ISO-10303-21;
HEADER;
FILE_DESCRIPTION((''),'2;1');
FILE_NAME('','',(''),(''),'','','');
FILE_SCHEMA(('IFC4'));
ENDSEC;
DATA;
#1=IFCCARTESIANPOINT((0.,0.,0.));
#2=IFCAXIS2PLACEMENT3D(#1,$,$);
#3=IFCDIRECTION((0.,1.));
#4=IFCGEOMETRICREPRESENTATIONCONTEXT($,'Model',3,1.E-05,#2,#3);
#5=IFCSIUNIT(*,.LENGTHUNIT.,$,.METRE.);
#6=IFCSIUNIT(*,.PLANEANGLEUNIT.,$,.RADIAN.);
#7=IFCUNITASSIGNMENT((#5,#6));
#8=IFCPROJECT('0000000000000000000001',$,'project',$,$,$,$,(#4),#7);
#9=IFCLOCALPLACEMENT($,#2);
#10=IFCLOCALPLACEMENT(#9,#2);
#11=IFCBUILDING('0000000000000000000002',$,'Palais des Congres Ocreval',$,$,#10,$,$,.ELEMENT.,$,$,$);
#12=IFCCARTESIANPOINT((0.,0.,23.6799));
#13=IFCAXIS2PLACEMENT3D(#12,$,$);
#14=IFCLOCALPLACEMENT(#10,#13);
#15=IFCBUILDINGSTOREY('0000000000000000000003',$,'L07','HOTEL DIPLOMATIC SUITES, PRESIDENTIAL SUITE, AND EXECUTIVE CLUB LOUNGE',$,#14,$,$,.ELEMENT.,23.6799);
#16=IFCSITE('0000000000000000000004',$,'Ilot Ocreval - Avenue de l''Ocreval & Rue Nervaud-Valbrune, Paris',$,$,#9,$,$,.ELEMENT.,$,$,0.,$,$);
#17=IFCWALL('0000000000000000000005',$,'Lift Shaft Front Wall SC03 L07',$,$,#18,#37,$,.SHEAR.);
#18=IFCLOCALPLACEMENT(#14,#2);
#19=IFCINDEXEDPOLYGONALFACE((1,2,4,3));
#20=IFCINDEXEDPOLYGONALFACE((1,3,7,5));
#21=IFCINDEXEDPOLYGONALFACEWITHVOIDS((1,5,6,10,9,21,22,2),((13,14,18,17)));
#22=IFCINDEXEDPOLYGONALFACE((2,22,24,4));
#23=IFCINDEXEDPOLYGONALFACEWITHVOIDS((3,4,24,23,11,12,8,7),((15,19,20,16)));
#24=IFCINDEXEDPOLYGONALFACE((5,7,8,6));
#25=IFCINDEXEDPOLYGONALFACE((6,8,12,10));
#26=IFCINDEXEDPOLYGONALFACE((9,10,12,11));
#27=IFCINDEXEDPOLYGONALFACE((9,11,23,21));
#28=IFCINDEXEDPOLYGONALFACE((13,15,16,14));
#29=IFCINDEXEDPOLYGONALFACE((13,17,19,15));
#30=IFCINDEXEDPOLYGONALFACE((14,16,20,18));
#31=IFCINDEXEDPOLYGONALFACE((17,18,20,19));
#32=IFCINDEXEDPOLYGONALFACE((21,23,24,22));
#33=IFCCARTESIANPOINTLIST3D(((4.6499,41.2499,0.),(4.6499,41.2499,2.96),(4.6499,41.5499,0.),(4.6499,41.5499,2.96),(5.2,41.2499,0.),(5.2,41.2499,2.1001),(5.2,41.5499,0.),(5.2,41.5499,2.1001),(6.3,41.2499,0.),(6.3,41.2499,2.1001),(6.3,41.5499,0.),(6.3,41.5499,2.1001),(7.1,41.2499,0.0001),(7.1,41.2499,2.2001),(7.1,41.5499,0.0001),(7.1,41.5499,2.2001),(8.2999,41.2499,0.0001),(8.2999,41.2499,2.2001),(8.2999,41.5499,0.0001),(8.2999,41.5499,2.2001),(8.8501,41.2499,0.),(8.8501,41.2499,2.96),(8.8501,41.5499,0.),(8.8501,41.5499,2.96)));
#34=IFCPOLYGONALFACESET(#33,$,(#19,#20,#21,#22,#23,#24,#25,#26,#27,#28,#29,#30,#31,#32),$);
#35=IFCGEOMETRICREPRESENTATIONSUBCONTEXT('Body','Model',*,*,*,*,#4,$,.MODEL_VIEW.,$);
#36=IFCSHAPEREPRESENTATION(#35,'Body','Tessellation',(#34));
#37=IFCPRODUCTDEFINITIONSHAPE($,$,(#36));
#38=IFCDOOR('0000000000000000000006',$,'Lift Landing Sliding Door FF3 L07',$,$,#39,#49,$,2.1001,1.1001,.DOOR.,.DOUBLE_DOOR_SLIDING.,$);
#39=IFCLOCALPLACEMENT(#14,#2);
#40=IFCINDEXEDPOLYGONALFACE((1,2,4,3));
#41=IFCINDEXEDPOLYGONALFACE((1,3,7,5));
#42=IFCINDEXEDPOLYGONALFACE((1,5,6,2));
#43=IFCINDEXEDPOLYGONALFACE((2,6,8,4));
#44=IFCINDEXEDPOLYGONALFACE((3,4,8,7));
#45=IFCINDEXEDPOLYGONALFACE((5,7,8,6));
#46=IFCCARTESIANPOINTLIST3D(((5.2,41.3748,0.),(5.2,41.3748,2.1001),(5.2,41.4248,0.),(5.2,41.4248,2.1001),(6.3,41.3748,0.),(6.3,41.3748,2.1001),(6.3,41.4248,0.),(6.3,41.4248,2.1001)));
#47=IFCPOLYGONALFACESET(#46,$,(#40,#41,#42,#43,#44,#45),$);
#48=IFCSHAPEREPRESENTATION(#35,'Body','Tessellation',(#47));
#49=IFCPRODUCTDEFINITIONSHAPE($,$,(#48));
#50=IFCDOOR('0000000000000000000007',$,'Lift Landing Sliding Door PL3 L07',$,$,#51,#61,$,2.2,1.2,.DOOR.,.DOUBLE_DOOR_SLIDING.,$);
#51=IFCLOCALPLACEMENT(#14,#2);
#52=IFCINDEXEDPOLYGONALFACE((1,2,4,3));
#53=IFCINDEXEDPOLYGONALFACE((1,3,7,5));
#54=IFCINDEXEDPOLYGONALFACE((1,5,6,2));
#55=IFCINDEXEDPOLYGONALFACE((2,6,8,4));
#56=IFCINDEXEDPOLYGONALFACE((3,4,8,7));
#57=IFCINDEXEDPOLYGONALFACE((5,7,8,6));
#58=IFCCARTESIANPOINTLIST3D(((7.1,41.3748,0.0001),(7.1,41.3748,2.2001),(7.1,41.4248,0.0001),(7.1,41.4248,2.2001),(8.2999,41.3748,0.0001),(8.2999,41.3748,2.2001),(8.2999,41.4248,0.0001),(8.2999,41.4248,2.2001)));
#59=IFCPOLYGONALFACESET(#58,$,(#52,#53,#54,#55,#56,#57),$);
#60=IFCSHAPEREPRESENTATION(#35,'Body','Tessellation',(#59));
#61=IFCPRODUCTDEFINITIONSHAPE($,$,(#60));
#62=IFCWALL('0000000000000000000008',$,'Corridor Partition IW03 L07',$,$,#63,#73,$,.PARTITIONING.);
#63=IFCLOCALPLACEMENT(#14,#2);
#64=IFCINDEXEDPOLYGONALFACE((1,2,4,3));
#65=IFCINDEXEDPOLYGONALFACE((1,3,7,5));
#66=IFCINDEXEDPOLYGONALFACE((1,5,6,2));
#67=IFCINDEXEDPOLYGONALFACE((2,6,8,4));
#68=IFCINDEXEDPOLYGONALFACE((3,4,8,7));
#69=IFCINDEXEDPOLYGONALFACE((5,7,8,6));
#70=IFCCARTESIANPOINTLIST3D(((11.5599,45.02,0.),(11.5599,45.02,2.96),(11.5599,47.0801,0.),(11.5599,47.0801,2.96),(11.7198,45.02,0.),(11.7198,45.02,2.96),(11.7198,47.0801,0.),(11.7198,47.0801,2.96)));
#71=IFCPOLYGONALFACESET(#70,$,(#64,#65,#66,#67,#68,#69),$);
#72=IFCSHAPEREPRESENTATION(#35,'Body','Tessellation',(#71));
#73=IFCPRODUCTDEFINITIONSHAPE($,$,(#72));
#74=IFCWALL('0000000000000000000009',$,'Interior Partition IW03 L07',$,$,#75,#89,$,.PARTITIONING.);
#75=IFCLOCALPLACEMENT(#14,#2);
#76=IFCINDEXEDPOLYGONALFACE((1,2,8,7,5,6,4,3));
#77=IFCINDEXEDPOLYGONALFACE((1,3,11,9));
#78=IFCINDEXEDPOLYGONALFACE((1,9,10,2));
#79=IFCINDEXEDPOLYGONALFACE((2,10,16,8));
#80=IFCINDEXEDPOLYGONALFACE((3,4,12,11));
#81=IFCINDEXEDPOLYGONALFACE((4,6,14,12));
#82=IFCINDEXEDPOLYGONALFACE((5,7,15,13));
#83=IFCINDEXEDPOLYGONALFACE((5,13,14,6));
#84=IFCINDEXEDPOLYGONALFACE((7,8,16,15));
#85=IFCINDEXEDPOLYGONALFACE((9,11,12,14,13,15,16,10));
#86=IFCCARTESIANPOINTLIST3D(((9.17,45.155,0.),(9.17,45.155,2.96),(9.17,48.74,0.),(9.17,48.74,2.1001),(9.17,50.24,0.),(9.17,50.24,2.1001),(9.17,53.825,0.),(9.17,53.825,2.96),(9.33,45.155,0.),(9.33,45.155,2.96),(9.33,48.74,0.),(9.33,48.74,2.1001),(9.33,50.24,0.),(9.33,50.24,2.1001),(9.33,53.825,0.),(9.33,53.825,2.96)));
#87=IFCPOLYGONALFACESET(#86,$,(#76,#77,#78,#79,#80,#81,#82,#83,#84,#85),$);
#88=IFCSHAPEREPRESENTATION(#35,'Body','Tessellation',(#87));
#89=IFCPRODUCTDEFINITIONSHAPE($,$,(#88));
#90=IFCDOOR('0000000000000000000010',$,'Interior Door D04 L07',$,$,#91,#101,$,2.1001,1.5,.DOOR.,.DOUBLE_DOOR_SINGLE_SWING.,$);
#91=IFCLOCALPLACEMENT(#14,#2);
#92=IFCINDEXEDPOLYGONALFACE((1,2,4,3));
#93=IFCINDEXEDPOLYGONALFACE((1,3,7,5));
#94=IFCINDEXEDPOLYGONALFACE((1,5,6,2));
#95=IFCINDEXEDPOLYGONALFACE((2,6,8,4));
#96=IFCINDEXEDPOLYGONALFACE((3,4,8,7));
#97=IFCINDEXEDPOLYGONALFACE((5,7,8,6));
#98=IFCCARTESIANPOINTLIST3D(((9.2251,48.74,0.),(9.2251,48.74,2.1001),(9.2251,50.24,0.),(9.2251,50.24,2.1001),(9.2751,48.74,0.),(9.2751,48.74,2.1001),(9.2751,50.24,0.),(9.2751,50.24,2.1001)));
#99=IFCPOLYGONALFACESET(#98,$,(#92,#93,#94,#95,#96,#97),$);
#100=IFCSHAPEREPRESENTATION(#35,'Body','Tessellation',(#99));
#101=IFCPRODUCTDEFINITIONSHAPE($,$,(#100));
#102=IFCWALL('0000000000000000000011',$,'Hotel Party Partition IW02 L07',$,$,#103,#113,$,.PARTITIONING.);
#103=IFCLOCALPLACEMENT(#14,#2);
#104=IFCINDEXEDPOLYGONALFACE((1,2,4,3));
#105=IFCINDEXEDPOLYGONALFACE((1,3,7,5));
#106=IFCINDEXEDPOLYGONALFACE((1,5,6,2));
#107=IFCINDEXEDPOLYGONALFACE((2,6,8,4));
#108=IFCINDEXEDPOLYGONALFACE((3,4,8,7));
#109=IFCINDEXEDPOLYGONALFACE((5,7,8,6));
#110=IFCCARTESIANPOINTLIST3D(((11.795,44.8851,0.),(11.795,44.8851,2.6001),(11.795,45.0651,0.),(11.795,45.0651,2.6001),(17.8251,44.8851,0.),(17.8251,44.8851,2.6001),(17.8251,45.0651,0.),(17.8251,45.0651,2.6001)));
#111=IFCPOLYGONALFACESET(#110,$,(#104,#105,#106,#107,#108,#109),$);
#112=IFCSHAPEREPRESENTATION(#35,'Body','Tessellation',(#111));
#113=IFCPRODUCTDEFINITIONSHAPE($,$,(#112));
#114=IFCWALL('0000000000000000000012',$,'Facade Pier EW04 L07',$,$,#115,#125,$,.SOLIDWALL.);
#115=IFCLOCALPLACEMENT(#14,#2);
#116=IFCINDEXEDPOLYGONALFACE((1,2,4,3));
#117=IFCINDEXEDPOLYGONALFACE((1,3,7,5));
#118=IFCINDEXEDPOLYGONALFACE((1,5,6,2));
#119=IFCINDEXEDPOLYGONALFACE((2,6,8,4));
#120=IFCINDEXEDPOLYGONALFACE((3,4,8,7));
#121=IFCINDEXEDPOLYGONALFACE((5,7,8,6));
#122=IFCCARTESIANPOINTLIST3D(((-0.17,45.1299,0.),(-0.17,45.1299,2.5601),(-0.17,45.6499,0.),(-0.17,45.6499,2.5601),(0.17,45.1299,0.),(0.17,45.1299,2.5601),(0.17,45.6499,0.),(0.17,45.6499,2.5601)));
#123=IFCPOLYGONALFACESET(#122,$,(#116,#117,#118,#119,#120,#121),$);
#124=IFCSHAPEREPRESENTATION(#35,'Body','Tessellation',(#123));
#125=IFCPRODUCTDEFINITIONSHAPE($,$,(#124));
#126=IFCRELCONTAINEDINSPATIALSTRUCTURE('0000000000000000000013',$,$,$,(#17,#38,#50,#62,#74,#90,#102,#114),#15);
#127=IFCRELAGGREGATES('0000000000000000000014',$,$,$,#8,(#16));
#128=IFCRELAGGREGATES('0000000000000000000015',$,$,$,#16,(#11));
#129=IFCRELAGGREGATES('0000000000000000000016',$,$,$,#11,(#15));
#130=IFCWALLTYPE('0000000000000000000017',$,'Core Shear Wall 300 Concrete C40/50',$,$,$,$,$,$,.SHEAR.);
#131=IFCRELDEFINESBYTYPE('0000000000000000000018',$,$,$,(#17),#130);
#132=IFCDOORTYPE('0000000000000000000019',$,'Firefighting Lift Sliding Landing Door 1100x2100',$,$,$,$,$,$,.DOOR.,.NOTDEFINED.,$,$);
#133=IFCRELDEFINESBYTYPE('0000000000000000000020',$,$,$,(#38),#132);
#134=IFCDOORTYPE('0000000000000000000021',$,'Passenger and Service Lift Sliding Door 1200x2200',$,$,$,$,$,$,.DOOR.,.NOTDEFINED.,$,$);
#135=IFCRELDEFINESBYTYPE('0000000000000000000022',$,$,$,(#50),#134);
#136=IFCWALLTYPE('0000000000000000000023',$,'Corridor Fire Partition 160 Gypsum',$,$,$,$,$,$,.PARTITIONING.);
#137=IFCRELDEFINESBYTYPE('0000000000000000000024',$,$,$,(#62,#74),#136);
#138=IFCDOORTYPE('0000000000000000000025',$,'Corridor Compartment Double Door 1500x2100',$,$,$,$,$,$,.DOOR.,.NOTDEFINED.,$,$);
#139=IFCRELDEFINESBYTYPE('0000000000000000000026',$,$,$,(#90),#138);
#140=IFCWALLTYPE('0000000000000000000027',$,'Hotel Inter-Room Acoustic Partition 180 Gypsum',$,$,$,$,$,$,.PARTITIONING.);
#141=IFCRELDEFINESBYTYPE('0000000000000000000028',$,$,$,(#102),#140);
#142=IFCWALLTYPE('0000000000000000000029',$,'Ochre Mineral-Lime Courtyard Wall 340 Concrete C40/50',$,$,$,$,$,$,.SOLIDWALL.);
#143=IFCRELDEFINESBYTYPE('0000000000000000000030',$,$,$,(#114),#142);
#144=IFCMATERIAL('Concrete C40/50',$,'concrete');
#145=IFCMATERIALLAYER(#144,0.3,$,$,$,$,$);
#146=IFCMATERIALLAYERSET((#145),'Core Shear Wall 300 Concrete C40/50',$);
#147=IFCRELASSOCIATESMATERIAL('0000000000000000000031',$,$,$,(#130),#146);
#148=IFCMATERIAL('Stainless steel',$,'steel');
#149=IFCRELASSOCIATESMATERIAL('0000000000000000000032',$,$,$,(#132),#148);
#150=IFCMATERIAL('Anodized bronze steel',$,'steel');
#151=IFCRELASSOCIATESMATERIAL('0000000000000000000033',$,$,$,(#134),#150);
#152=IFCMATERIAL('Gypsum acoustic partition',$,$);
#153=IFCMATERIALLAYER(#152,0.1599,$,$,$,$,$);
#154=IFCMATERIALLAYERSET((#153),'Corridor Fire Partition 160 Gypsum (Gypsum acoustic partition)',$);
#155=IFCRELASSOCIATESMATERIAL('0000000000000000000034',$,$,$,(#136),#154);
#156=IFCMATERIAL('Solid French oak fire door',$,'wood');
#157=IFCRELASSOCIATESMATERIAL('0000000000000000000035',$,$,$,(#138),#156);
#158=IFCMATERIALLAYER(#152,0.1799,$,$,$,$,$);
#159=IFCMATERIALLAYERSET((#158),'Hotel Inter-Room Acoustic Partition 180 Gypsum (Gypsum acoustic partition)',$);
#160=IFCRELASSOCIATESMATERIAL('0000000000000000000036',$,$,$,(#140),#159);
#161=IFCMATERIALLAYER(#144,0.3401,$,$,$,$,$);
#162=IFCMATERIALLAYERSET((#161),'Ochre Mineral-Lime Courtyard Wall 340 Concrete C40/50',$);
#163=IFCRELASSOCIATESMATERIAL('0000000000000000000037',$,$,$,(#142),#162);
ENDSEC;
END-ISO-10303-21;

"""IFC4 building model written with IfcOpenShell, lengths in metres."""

from ifc_helpers import new_model, si_unit, direction, frame, frame_2d, origin, place, context, subcontext, project, spatial, rectangle, extrude, material, layer, layer_set, type_object, element, fill, save


model = new_model("IFC4")

# Units and contexts
model_context = context("Model", 3, precision=1e-05, world=origin(), true_north=direction((0.0, 1.0)))
body_context = subcontext(model_context, "Body", "Model", "MODEL_VIEW")
ifc_project = project(units=[si_unit("LENGTHUNIT", "METRE"), si_unit("PLANEANGLEUNIT", "RADIAN")], contexts=[model_context])

# Site, building, storey
site_placement = place(None, origin())
site = spatial("IfcSite", under=ifc_project, at=site_placement, Name="Ilot Ocreval - Avenue de l'Ocreval & Rue Nervaud-Valbrune, Paris", CompositionType="ELEMENT", RefElevation=0.0)
building_placement = place(site_placement, origin())
building = spatial("IfcBuilding", under=site, at=building_placement, Name="Palais des Congres Ocreval", CompositionType="ELEMENT")
storey_placement = place(building_placement, frame((0.0, 0.0, 23.6799)))
storey = spatial("IfcBuildingStorey", under=building, at=storey_placement, Name="L07", Description="HOTEL DIPLOMATIC SUITES, PRESIDENTIAL SUITE, AND EXECUTIVE CLUB LOUNGE", CompositionType="ELEMENT", Elevation=23.6799)

# Shared definitions
ifc_material_1 = material(Name="Concrete C40/50", Category="concrete")
ifc_layer_1 = layer(ifc_material_1, 0.3)
ifc_layer_set_1 = layer_set([ifc_layer_1], Name="Core Shear Wall 300 Concrete C40/50")
wall_type_1 = type_object("IfcWallType", Name="Core Shear Wall 300 Concrete C40/50", PredefinedType="SHEAR", material=ifc_layer_set_1)

# Wall, openings, doors
wall_1_placement = place(storey_placement, frame((4.6499, 41.3999, 0.0), z_axis=(0.0, 0.0, 1.0), x_axis=(1.0, 0.0, 0.0)))
wall_1 = element("IfcWall", 1, at=wall_1_placement, inside=storey, type_object=wall_type_1, Name="Lift Shaft Front Wall SC03 L07", PredefinedType="SHEAR", context=body_context, shape_type="SweptSolid", body=[
    extrude(rectangle(XDim=4.2002, YDim=0.3, at=frame_2d((2.1001, 0.0))), origin(), (0.0, 0.0, 1.0), 2.96),
])
opening_1_placement = place(wall_1_placement, frame((0.55, 0.0, 0.0)))
opening_1 = element("IfcOpeningElement", 2, at=opening_1_placement, cuts=wall_1, PredefinedType="OPENING", context=body_context, shape_type="SweptSolid", body=[
    extrude(rectangle(XDim=1.1001, YDim=2.1001, at=frame_2d((0.55, 1.05))), frame((0.0, 0.1599, 0.0), z_axis=(0.0, -1.0, 0.0), x_axis=(1.0, 0.0, 0.0)), (0.0, 0.0, 1.0), 0.3201),
])
opening_2_placement = place(wall_1_placement, frame((2.45, 0.0, 0.0)))
opening_2 = element("IfcOpeningElement", 3, at=opening_2_placement, cuts=wall_1, PredefinedType="OPENING", context=body_context, shape_type="SweptSolid", body=[
    extrude(rectangle(XDim=1.2, YDim=2.2, at=frame_2d((0.6001, 1.1001))), frame((0.0, 0.1599, 0.0), z_axis=(0.0, -1.0, 0.0), x_axis=(1.0, 0.0, 0.0)), (0.0, 0.0, 1.0), 0.3201),
])
ifc_material_2 = material(Name="Stainless steel", Category="steel")
door_type_1 = type_object("IfcDoorType", Name="Firefighting Lift Sliding Landing Door 1100x2100", OperationType="NOTDEFINED", PredefinedType="DOOR", material=ifc_material_2)
door_1_placement = place(opening_1_placement, origin())
door_1 = element("IfcDoor", 4, at=door_1_placement, inside=storey, type_object=door_type_1, Name="Lift Landing Sliding Door FF3 L07", OperationType="DOUBLE_DOOR_SLIDING", OverallHeight=2.1001, OverallWidth=1.1001, PredefinedType="DOOR", context=body_context, shape_type="SweptSolid", body=[
    extrude(rectangle(XDim=1.1001, YDim=2.1001, at=frame_2d((0.55, 1.05))), frame((0.0, 0.0249, 0.0), z_axis=(0.0, -1.0, 0.0), x_axis=(1.0, 0.0, 0.0)), (0.0, 0.0, 1.0), 0.05),
])
fill(opening_1, door_1)
ifc_material_3 = material(Name="Anodized bronze steel", Category="steel")
door_type_2 = type_object("IfcDoorType", Name="Passenger and Service Lift Sliding Door 1200x2200", OperationType="NOTDEFINED", PredefinedType="DOOR", material=ifc_material_3)
door_2_placement = place(opening_2_placement, origin())
door_2 = element("IfcDoor", 5, at=door_2_placement, inside=storey, type_object=door_type_2, Name="Lift Landing Sliding Door PL3 L07", OperationType="DOUBLE_DOOR_SLIDING", OverallHeight=2.2, OverallWidth=1.2, PredefinedType="DOOR", context=body_context, shape_type="SweptSolid", body=[
    extrude(rectangle(XDim=1.2, YDim=2.2, at=frame_2d((0.6001, 1.1001))), frame((0.0, 0.0249, 0.0), z_axis=(0.0, -1.0, 0.0), x_axis=(1.0, 0.0, 0.0)), (0.0, 0.0, 1.0), 0.05),
])
fill(opening_2, door_2)

# Wall
ifc_material_4 = material(Name="Gypsum acoustic partition")
ifc_layer_2 = layer(ifc_material_4, 0.1599)
ifc_layer_set_2 = layer_set([ifc_layer_2], Name="Corridor Fire Partition 160 Gypsum (Gypsum acoustic partition)")
wall_type_2 = type_object("IfcWallType", Name="Corridor Fire Partition 160 Gypsum", PredefinedType="PARTITIONING", material=ifc_layer_set_2)
wall_2_placement = place(storey_placement, frame((11.6399, 45.02, 0.0), z_axis=(0.0, 0.0, 1.0), x_axis=(0.0, 1.0, 0.0)))
element("IfcWall", 6, at=wall_2_placement, inside=storey, type_object=wall_type_2, Name="Corridor Partition IW03 L07", PredefinedType="PARTITIONING", context=body_context, shape_type="SweptSolid", body=[
    extrude(rectangle(XDim=2.0601, YDim=0.1599, at=frame_2d((1.03, 0.0))), origin(), (0.0, 0.0, 1.0), 2.96),
])

# Wall, opening, door
wall_3_placement = place(storey_placement, frame((9.25, 45.155, 0.0), z_axis=(0.0, 0.0, 1.0), x_axis=(0.0, 1.0, 0.0)))
wall_3 = element("IfcWall", 7, at=wall_3_placement, inside=storey, type_object=wall_type_2, Name="Interior Partition IW03 L07", PredefinedType="PARTITIONING", context=body_context, shape_type="SweptSolid", body=[
    extrude(rectangle(XDim=8.6699, YDim=0.1599, at=frame_2d((4.335, 0.0))), origin(), (0.0, 0.0, 1.0), 2.96),
])
opening_3_placement = place(wall_3_placement, frame((3.585, 0.0, 0.0)))
opening_3 = element("IfcOpeningElement", 8, at=opening_3_placement, cuts=wall_3, PredefinedType="OPENING", context=body_context, shape_type="SweptSolid", body=[
    extrude(rectangle(XDim=1.5, YDim=2.1001, at=frame_2d((0.75, 1.05))), frame((0.0, 0.0898, 0.0), z_axis=(0.0, -1.0, 0.0), x_axis=(1.0, 0.0, 0.0)), (0.0, 0.0, 1.0), 0.1799),
])
ifc_material_5 = material(Name="Solid French oak fire door", Category="wood")
door_type_3 = type_object("IfcDoorType", Name="Corridor Compartment Double Door 1500x2100", OperationType="NOTDEFINED", PredefinedType="DOOR", material=ifc_material_5)
door_3_placement = place(opening_3_placement, origin())
door_3 = element("IfcDoor", 9, at=door_3_placement, inside=storey, type_object=door_type_3, Name="Interior Door D04 L07", OperationType="DOUBLE_DOOR_SINGLE_SWING", OverallHeight=2.1001, OverallWidth=1.5, PredefinedType="DOOR", context=body_context, shape_type="SweptSolid", body=[
    extrude(rectangle(XDim=1.5, YDim=2.1001, at=frame_2d((0.75, 1.05))), frame((0.0, 0.0249, 0.0), z_axis=(0.0, -1.0, 0.0), x_axis=(1.0, 0.0, 0.0)), (0.0, 0.0, 1.0), 0.05),
])
fill(opening_3, door_3)

# Walls
ifc_layer_3 = layer(ifc_material_4, 0.1799)
ifc_layer_set_3 = layer_set([ifc_layer_3], Name="Hotel Inter-Room Acoustic Partition 180 Gypsum (Gypsum acoustic partition)")
wall_type_3 = type_object("IfcWallType", Name="Hotel Inter-Room Acoustic Partition 180 Gypsum", PredefinedType="PARTITIONING", material=ifc_layer_set_3)
wall_4_placement = place(storey_placement, frame((11.7949, 44.9751, 0.0), z_axis=(0.0, 0.0, 1.0), x_axis=(1.0, 0.0, 0.0)))
element("IfcWall", 10, at=wall_4_placement, inside=storey, type_object=wall_type_3, Name="Hotel Party Partition IW02 L07", PredefinedType="PARTITIONING", context=body_context, shape_type="SweptSolid", body=[
    extrude(rectangle(XDim=6.03, YDim=0.1799, at=frame_2d((3.0151, 0.0))), origin(), (0.0, 0.0, 1.0), 2.6001),
])
ifc_layer_4 = layer(ifc_material_1, 0.3401)
ifc_layer_set_4 = layer_set([ifc_layer_4], Name="Ochre Mineral-Lime Courtyard Wall 340 Concrete C40/50")
wall_type_4 = type_object("IfcWallType", Name="Ochre Mineral-Lime Courtyard Wall 340 Concrete C40/50", PredefinedType="SOLIDWALL", material=ifc_layer_set_4)
wall_5_placement = place(storey_placement, frame((0.0, 45.1299, 0.0), z_axis=(0.0, 0.0, 1.0), x_axis=(0.0, 1.0, 0.0)))
element("IfcWall", 11, at=wall_5_placement, inside=storey, type_object=wall_type_4, Name="Facade Pier EW04 L07", PredefinedType="SOLIDWALL", context=body_context, shape_type="SweptSolid", body=[
    extrude(rectangle(XDim=0.52, YDim=0.3401, at=frame_2d((0.26, 0.0))), origin(), (0.0, 0.0, 1.0), 2.5601),
])

save(model, "model.ifc")
